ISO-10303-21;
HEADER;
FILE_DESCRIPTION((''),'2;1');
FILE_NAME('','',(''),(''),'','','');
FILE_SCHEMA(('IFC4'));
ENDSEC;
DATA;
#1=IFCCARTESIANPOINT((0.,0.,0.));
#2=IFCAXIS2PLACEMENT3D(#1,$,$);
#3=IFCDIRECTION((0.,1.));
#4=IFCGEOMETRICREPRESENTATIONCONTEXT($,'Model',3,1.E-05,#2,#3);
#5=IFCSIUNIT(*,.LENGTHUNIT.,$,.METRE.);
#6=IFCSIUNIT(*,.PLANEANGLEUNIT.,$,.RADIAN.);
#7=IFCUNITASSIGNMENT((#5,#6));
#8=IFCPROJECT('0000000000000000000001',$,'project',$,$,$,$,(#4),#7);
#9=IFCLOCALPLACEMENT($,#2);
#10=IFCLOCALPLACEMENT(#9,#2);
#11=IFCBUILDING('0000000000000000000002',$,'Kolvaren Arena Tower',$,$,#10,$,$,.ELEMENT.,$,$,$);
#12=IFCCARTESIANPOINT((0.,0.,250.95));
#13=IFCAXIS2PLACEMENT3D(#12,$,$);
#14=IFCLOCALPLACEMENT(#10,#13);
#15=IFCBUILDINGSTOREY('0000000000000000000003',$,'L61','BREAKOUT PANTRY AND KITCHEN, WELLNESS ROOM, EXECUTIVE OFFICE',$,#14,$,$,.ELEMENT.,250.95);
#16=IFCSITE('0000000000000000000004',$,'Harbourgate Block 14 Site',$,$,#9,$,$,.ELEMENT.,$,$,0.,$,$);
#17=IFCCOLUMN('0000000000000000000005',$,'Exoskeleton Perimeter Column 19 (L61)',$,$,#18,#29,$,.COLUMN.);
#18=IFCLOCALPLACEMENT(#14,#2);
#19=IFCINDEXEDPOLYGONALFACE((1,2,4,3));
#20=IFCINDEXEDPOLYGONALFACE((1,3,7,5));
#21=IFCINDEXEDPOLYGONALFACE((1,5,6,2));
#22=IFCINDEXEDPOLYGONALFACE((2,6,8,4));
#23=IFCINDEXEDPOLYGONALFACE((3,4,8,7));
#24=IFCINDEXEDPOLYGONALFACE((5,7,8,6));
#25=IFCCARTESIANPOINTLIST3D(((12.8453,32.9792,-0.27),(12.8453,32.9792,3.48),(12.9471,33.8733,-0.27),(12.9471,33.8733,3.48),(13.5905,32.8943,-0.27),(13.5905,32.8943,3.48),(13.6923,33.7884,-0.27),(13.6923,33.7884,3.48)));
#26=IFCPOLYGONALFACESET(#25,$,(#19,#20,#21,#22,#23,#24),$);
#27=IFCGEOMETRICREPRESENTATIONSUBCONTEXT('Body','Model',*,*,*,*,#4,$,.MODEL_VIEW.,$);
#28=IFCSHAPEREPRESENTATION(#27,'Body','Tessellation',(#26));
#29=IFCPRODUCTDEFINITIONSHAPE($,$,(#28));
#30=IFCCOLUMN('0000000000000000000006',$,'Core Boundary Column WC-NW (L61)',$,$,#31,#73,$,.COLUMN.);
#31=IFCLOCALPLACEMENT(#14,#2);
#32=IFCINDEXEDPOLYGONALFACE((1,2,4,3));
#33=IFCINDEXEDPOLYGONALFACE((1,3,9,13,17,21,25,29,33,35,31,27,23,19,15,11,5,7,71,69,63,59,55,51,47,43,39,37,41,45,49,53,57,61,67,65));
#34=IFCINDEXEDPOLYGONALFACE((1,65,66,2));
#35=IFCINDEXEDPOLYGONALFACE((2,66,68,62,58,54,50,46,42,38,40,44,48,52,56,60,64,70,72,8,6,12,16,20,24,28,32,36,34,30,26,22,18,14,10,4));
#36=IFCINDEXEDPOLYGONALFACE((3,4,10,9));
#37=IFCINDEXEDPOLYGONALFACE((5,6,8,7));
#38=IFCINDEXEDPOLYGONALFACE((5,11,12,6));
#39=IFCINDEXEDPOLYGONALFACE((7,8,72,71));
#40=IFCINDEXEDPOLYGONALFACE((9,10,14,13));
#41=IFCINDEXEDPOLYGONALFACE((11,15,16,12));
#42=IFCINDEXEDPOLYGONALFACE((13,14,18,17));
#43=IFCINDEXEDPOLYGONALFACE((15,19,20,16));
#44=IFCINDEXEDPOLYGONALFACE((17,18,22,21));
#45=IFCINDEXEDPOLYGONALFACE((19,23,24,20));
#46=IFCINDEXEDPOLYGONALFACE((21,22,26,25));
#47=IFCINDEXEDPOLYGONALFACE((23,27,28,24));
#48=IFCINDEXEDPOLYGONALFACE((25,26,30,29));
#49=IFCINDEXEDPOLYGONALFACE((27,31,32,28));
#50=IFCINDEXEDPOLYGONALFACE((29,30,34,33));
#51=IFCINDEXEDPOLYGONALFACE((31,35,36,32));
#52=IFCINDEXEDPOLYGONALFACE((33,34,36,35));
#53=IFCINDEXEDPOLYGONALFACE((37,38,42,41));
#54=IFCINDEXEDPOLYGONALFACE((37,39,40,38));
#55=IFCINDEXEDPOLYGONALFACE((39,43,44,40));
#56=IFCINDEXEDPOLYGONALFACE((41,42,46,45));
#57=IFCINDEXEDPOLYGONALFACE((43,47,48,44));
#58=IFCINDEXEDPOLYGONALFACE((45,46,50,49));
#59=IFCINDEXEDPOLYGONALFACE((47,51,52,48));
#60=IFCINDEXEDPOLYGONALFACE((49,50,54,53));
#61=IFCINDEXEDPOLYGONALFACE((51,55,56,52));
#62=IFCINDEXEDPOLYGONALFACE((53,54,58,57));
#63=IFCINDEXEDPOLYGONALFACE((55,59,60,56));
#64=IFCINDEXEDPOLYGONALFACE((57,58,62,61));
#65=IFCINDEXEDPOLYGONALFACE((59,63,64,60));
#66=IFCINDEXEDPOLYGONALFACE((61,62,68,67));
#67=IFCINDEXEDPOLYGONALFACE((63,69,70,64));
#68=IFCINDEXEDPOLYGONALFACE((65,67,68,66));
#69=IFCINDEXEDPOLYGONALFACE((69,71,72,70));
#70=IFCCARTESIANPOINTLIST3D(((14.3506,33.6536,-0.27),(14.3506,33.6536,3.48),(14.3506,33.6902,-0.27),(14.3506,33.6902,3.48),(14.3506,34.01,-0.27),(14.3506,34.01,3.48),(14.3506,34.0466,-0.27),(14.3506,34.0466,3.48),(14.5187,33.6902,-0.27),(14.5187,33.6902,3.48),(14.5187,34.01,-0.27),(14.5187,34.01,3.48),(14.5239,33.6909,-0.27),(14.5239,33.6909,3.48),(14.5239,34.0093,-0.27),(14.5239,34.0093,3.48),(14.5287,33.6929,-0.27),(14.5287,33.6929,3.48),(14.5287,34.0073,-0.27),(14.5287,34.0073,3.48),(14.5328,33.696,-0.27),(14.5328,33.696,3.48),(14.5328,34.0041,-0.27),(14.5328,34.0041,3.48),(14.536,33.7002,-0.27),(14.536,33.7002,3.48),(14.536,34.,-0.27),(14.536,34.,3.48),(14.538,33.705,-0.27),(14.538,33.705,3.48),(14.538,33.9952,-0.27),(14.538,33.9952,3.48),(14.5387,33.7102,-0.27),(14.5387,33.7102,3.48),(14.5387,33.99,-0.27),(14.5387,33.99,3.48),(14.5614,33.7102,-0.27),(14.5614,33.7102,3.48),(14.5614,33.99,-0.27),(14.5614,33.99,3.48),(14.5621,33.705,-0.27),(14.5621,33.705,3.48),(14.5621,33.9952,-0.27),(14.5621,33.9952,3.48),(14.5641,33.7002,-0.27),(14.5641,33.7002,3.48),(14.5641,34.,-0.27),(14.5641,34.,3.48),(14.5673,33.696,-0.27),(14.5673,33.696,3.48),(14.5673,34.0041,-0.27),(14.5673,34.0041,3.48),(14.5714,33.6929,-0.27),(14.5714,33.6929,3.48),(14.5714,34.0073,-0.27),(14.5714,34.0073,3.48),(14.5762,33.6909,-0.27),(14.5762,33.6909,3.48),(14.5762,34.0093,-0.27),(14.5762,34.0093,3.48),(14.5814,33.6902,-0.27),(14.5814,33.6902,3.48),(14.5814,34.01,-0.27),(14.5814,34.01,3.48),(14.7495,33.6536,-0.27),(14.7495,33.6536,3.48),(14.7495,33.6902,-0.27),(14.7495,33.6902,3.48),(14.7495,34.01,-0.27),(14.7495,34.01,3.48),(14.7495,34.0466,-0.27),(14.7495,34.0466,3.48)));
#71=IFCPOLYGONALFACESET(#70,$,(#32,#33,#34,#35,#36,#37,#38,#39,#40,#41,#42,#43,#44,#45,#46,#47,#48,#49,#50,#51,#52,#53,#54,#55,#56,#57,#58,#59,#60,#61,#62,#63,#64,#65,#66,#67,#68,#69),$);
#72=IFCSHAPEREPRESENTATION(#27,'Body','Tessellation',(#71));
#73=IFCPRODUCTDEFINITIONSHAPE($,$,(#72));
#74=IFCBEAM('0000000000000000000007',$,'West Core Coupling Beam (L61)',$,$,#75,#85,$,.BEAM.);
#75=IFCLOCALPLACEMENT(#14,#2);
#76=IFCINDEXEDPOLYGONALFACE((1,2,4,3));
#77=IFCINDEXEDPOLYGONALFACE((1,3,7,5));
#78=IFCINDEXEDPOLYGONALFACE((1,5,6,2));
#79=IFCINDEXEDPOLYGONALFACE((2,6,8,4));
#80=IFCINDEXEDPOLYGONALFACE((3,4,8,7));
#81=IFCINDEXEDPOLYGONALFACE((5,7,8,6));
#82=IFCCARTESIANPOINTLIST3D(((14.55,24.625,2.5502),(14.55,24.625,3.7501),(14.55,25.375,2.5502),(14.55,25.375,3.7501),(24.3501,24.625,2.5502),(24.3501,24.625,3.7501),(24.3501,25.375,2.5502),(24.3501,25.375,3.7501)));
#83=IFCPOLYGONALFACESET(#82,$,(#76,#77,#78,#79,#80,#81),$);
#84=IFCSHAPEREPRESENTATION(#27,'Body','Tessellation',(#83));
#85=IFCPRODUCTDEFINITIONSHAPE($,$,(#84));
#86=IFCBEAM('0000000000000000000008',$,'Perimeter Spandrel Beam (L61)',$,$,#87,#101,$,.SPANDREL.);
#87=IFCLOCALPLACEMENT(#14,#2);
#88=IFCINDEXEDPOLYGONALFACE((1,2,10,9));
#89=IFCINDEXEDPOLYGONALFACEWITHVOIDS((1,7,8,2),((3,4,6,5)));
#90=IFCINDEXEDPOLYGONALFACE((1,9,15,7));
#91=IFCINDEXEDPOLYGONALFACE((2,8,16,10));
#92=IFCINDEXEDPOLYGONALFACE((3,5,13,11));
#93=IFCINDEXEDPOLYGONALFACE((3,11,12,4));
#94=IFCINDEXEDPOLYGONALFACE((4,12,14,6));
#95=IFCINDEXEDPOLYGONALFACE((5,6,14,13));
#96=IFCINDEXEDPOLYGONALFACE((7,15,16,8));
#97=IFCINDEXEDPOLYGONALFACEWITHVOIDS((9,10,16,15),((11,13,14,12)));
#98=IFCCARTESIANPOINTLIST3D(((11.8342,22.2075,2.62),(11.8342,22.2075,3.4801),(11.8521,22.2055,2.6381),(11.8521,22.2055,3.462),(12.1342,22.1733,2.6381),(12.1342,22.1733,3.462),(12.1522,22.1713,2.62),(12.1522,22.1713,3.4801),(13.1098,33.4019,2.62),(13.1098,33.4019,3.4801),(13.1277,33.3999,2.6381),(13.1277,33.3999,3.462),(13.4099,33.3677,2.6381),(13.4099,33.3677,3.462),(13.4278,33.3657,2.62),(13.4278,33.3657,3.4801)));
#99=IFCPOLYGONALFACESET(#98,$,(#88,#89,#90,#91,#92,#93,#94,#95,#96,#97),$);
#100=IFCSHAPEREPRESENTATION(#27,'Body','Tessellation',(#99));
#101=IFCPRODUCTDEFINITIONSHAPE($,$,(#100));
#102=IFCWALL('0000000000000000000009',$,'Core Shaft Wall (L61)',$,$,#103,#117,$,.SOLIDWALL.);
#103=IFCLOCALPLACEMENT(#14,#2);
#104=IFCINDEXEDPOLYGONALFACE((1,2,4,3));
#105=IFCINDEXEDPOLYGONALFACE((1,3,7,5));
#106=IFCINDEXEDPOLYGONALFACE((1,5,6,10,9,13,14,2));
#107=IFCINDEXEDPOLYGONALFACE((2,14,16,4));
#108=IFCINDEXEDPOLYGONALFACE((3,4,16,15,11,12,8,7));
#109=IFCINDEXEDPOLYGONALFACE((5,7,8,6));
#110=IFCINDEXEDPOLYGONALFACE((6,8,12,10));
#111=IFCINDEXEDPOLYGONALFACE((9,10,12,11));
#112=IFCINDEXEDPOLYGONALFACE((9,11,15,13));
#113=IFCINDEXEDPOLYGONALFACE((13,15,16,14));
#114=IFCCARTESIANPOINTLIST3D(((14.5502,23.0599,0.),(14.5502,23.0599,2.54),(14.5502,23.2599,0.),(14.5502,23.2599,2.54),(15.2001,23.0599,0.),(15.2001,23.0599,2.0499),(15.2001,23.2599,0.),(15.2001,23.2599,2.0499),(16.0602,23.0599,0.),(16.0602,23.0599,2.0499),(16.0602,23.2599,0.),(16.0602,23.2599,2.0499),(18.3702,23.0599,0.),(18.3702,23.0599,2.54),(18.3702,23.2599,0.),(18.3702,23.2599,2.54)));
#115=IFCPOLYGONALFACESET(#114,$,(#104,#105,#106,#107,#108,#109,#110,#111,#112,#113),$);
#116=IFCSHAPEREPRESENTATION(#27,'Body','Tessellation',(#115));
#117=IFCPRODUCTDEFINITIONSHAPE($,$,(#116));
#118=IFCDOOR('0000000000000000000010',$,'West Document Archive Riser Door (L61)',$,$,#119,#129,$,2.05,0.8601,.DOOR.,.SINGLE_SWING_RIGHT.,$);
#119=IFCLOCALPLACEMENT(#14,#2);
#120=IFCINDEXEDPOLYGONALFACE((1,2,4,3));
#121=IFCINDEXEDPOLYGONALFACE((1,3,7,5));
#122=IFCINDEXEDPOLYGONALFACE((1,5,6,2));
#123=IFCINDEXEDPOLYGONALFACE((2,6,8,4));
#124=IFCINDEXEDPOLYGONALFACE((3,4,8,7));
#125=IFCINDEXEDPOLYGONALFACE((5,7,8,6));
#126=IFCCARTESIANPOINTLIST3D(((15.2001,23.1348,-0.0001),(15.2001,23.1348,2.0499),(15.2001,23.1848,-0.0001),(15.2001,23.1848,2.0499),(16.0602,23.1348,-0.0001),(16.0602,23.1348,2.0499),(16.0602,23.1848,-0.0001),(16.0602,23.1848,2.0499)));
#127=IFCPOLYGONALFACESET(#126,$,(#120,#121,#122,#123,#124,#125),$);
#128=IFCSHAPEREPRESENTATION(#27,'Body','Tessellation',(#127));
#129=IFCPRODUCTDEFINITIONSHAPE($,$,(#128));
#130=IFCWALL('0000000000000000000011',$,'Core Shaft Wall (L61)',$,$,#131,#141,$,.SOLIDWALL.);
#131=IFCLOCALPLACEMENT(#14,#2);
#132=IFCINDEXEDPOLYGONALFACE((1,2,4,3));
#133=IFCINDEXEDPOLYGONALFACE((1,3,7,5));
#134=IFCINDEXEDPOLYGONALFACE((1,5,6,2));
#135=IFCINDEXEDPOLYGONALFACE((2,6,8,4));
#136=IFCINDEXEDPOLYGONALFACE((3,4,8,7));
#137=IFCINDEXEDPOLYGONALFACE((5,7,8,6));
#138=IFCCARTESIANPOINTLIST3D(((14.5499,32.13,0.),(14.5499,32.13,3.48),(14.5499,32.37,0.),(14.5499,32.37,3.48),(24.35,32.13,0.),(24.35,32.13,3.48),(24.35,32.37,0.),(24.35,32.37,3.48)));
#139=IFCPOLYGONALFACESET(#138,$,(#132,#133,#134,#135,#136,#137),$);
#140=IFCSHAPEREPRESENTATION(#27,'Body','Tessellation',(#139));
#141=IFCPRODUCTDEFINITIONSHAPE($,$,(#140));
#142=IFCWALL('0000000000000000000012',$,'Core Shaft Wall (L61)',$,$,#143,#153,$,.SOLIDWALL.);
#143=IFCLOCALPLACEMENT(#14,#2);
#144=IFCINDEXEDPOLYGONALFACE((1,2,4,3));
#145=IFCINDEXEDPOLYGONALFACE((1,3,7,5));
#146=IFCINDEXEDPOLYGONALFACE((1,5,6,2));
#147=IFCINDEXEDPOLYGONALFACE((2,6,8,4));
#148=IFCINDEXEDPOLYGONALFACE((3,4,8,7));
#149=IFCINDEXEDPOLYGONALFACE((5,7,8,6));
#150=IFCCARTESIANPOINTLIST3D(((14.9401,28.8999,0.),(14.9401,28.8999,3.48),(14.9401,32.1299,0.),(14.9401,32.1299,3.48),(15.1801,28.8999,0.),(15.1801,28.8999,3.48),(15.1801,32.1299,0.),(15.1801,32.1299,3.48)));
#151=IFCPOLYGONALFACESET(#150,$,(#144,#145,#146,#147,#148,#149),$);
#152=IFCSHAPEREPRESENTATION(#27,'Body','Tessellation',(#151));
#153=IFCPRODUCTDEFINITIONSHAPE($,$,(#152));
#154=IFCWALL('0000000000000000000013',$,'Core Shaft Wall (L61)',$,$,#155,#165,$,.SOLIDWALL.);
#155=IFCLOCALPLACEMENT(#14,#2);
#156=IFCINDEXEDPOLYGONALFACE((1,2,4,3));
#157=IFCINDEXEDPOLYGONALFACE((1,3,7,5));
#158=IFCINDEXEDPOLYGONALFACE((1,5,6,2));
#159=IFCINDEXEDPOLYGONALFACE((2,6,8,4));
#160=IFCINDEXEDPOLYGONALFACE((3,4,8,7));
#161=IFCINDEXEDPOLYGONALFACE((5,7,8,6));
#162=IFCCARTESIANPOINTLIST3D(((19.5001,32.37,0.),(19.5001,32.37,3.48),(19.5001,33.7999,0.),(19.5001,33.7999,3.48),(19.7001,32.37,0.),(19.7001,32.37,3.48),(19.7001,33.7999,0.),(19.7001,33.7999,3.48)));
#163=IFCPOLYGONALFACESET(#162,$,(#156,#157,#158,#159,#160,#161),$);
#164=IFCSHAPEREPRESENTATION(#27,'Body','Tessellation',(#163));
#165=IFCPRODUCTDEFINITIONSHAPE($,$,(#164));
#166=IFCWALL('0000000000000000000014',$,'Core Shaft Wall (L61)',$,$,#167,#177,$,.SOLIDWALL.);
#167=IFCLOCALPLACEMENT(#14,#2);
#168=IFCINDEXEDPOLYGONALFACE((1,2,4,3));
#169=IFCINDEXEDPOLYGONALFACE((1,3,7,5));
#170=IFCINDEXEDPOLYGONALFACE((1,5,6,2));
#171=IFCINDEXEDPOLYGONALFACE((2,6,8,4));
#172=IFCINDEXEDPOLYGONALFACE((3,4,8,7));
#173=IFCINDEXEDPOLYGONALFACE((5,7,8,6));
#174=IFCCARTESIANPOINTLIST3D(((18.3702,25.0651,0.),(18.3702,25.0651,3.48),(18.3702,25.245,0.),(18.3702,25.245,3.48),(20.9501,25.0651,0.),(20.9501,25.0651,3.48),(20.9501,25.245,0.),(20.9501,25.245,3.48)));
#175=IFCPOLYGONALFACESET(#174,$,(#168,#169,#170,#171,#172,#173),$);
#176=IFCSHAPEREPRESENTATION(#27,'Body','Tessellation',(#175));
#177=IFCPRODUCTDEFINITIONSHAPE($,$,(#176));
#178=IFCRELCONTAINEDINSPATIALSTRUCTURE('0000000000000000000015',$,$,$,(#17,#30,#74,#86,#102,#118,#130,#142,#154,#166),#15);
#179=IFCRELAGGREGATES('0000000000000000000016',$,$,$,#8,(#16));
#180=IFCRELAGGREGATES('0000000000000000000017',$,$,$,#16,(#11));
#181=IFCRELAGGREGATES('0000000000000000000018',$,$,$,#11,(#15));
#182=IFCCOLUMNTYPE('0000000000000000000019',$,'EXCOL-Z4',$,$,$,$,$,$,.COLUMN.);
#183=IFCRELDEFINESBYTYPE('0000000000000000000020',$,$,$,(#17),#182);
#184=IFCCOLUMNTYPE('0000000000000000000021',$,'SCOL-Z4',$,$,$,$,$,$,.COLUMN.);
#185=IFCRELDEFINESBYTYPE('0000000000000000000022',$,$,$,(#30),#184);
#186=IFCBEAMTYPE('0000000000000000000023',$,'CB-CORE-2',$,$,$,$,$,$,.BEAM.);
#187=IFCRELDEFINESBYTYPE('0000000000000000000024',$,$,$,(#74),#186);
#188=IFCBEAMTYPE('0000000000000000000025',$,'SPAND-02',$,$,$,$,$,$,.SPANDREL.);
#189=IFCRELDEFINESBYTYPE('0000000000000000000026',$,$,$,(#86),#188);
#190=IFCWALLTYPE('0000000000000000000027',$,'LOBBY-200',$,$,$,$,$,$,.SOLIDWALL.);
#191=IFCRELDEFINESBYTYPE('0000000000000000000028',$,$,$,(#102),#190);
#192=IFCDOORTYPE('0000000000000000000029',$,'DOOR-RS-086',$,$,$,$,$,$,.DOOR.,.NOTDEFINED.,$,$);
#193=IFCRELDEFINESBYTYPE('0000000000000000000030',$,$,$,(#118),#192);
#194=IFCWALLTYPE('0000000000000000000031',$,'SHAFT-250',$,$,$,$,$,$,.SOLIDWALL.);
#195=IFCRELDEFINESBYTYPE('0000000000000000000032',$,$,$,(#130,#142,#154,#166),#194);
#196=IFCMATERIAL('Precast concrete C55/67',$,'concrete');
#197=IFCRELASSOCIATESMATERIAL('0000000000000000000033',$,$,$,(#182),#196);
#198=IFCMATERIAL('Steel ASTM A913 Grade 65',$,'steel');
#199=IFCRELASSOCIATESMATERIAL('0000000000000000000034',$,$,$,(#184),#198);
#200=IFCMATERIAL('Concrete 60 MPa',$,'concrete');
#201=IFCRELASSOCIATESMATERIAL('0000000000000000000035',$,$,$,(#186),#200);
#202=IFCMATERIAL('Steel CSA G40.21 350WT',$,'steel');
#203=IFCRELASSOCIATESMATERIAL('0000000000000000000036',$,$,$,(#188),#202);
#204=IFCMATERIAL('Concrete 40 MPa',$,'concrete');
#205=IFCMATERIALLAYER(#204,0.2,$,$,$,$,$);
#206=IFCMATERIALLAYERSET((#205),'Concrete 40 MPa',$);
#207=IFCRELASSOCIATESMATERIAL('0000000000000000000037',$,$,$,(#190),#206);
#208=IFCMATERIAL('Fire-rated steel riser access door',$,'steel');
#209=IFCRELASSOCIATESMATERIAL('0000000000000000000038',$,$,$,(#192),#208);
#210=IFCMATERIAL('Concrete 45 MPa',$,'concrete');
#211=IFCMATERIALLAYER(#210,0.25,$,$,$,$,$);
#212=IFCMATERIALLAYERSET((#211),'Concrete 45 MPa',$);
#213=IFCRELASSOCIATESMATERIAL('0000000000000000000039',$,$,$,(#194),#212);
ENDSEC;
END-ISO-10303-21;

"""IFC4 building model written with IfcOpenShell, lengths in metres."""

from ifc_helpers import new_model, si_unit, direction, frame, frame_2d, origin, origin_2d, place, context, subcontext, project, spatial, rectangle, hollow_rectangle, i_section, extrude, material, layer, layer_set, material_profile, profile_set, type_object, element, fill, save


model = new_model("IFC4")

# Units and contexts
model_context = context("Model", 3, precision=1e-05, world=origin(), true_north=direction((0.0, 1.0)))
body_context = subcontext(model_context, "Body", "Model", "MODEL_VIEW")
ifc_project = project(units=[si_unit("LENGTHUNIT", "METRE"), si_unit("PLANEANGLEUNIT", "RADIAN")], contexts=[model_context])

# Site, building, storey
site_placement = place(None, origin())
site = spatial("IfcSite", under=ifc_project, at=site_placement, Name="Harbourgate Block 14 Site", CompositionType="ELEMENT", RefElevation=0.0)
building_placement = place(site_placement, origin())
building = spatial("IfcBuilding", under=site, at=building_placement, Name="Kolvaren Arena Tower", CompositionType="ELEMENT")
storey_placement = place(building_placement, frame((0.0, 0.0, 250.95)))
storey = spatial("IfcBuildingStorey", under=building, at=storey_placement, Name="L61", Description="BREAKOUT PANTRY AND KITCHEN, WELLNESS ROOM, EXECUTIVE OFFICE", CompositionType="ELEMENT", Elevation=250.95)

# Columns
ifc_material_1 = material(Name="Precast concrete C55/67", Category="concrete")
ifc_material_profile_1 = material_profile(ifc_material_1, rectangle(XDim=0.8999, YDim=0.75, at=origin_2d()), Name="RC-900x750")
ifc_profile_set_1 = profile_set([ifc_material_profile_1], Name="Precast concrete C55/67")
column_type_1 = type_object("IfcColumnType", Name="EXCOL-Z4", PredefinedType="COLUMN", material=ifc_profile_set_1)
column_1_placement = place(storey_placement, frame((13.2688, 33.3838, -0.27), z_axis=(0.0, 0.0, 1.0), x_axis=(0.113203, 0.993572, 0.0)))
element("IfcColumn", 1, at=column_1_placement, inside=storey, type_object=column_type_1, Name="Exoskeleton Perimeter Column 19 (L61)", PredefinedType="COLUMN", context=body_context, shape_type="SweptSolid", body=[
    extrude(rectangle(XDim=0.8999, YDim=0.75, at=origin_2d()), origin(), (0.0, 0.0, 1.0), 3.75),
])
ifc_material_2 = material(Name="Steel ASTM A913 Grade 65", Category="steel")
ifc_material_profile_2 = material_profile(ifc_material_2, i_section(OverallWidth=0.3989, OverallDepth=0.3931, WebThickness=0.0227, FlangeThickness=0.0366, FilletRadius=0.02, at=origin_2d()), Name="W360x287")
ifc_profile_set_2 = profile_set([ifc_material_profile_2], Name="Steel ASTM A913 Grade 65")
column_type_2 = type_object("IfcColumnType", Name="SCOL-Z4", PredefinedType="COLUMN", material=ifc_profile_set_2)
column_2_placement = place(storey_placement, frame((14.55, 33.8501, -0.27), z_axis=(0.0, 0.0, 1.0), x_axis=(1.0, 0.0, 0.0)))
element("IfcColumn", 2, at=column_2_placement, inside=storey, type_object=column_type_2, Name="Core Boundary Column WC-NW (L61)", PredefinedType="COLUMN", context=body_context, shape_type="SweptSolid", body=[
    extrude(i_section(OverallWidth=0.3989, OverallDepth=0.3931, WebThickness=0.0227, FlangeThickness=0.0366, FilletRadius=0.02, at=origin_2d()), origin(), (0.0, 0.0, 1.0), 3.75),
])

# Beams
ifc_material_3 = material(Name="Concrete 60 MPa", Category="concrete")
ifc_material_profile_3 = material_profile(ifc_material_3, rectangle(XDim=0.75, YDim=1.2, at=origin_2d()), Name="RC-750x1200")
ifc_profile_set_3 = profile_set([ifc_material_profile_3], Name="Concrete 60 MPa")
beam_type_1 = type_object("IfcBeamType", Name="CB-CORE-2", PredefinedType="BEAM", material=ifc_profile_set_3)
beam_1_placement = place(storey_placement, frame((14.55, 25.0, 3.1501), z_axis=(1.0, 0.0, 0.0), x_axis=(0.0, 1.0, 0.0)))
element("IfcBeam", 3, at=beam_1_placement, inside=storey, type_object=beam_type_1, Name="West Core Coupling Beam (L61)", PredefinedType="BEAM", context=body_context, shape_type="SweptSolid", body=[
    extrude(rectangle(XDim=0.75, YDim=1.2, at=origin_2d()), origin(), (0.0, 0.0, 1.0), 9.8),
])
ifc_material_4 = material(Name="Steel CSA G40.21 350WT", Category="steel")
ifc_material_profile_4 = material_profile(ifc_material_4, hollow_rectangle(XDim=0.3201, YDim=0.8601, WallThickness=0.0181, at=origin_2d()), Name="HSS 860x320x18")
ifc_profile_set_4 = profile_set([ifc_material_profile_4], Name="Steel CSA G40.21 350WT")
beam_type_2 = type_object("IfcBeamType", Name="SPAND-02", PredefinedType="SPANDREL", material=ifc_profile_set_4)
beam_2_placement = place(storey_placement, frame((13.2688, 33.3838, 3.05), z_axis=(-0.113221, -0.99357, 0.0), x_axis=(0.99357, -0.113221, 0.0)))
element("IfcBeam", 4, at=beam_2_placement, inside=storey, type_object=beam_type_2, Name="Perimeter Spandrel Beam (L61)", PredefinedType="SPANDREL", context=body_context, shape_type="SweptSolid", body=[
    extrude(hollow_rectangle(XDim=0.3201, YDim=0.8601, WallThickness=0.0181, at=origin_2d()), origin(), (0.0, 0.0, 1.0), 11.2668),
])

# Wall, opening, door
ifc_material_5 = material(Name="Concrete 40 MPa", Category="concrete")
ifc_layer_1 = layer(ifc_material_5, 0.2)
ifc_layer_set_1 = layer_set([ifc_layer_1], Name="Concrete 40 MPa")
wall_type_1 = type_object("IfcWallType", Name="LOBBY-200", PredefinedType="SOLIDWALL", material=ifc_layer_set_1)
wall_1_placement = place(storey_placement, frame((14.55, 23.1599, 0.0), z_axis=(0.0, 0.0, 1.0), x_axis=(1.0, 0.0, 0.0)))
wall_1 = element("IfcWall", 5, at=wall_1_placement, inside=storey, type_object=wall_type_1, Name="Core Shaft Wall (L61)", PredefinedType="SOLIDWALL", context=body_context, shape_type="SweptSolid", body=[
    extrude(rectangle(XDim=3.8201, YDim=0.2, at=frame_2d((1.9102, 0.0))), origin(), (0.0, 0.0, 1.0), 2.54),
])
opening_1_placement = place(wall_1_placement, frame((0.6499, 0.0, 0.0)))
opening_1 = element("IfcOpeningElement", 6, at=opening_1_placement, cuts=wall_1, PredefinedType="OPENING", context=body_context, shape_type="SweptSolid", body=[
    extrude(rectangle(XDim=0.8601, YDim=2.05, at=frame_2d((0.4302, 1.0249))), frame((0.0, 0.1099, 0.0), z_axis=(0.0, -1.0, 0.0), x_axis=(1.0, 0.0, 0.0)), (0.0, 0.0, 1.0), 0.22),
])
ifc_material_6 = material(Name="Fire-rated steel riser access door", Category="steel")
door_type_1 = type_object("IfcDoorType", Name="DOOR-RS-086", OperationType="NOTDEFINED", PredefinedType="DOOR", material=ifc_material_6)
door_1_placement = place(opening_1_placement, origin())
door_1 = element("IfcDoor", 7, at=door_1_placement, inside=storey, type_object=door_type_1, Name="West Document Archive Riser Door (L61)", OperationType="SINGLE_SWING_RIGHT", OverallHeight=2.05, OverallWidth=0.8601, PredefinedType="DOOR", context=body_context, shape_type="SweptSolid", body=[
    extrude(rectangle(XDim=0.8601, YDim=2.05, at=frame_2d((0.4302, 1.0249))), frame((0.0, 0.0249, 0.0), z_axis=(0.0, -1.0, 0.0), x_axis=(1.0, 0.0, 0.0)), (0.0, 0.0, 1.0), 0.05),
])
fill(opening_1, door_1)

# Walls
ifc_material_7 = material(Name="Concrete 45 MPa", Category="concrete")
ifc_layer_2 = layer(ifc_material_7, 0.25)
ifc_layer_set_2 = layer_set([ifc_layer_2], Name="Concrete 45 MPa")
wall_type_2 = type_object("IfcWallType", Name="SHAFT-250", PredefinedType="SOLIDWALL", material=ifc_layer_set_2)
wall_2_placement = place(storey_placement, frame((14.55, 32.25, 0.0), z_axis=(0.0, 0.0, 1.0), x_axis=(1.0, 0.0, 0.0)))
element("IfcWall", 8, at=wall_2_placement, inside=storey, type_object=wall_type_2, Name="Core Shaft Wall (L61)", PredefinedType="SOLIDWALL", context=body_context, shape_type="SweptSolid", body=[
    extrude(rectangle(XDim=9.8, YDim=0.24, at=frame_2d((4.8999, 0.0))), origin(), (0.0, 0.0, 1.0), 3.48),
])
wall_3_placement = place(storey_placement, frame((15.0601, 28.8999, 0.0), z_axis=(0.0, 0.0, 1.0), x_axis=(0.0, 1.0, 0.0)))
element("IfcWall", 9, at=wall_3_placement, inside=storey, type_object=wall_type_2, Name="Core Shaft Wall (L61)", PredefinedType="SOLIDWALL", context=body_context, shape_type="SweptSolid", body=[
    extrude(rectangle(XDim=3.23, YDim=0.24, at=frame_2d((1.615, 0.0))), origin(), (0.0, 0.0, 1.0), 3.48),
])
wall_4_placement = place(storey_placement, frame((19.6001, 32.3701, 0.0), z_axis=(0.0, 0.0, 1.0), x_axis=(0.0, 1.0, 0.0)))
element("IfcWall", 10, at=wall_4_placement, inside=storey, type_object=wall_type_2, Name="Core Shaft Wall (L61)", PredefinedType="SOLIDWALL", context=body_context, shape_type="SweptSolid", body=[
    extrude(rectangle(XDim=1.4299, YDim=0.2, at=frame_2d((0.7148, 0.0))), origin(), (0.0, 0.0, 1.0), 3.48),
])
for number, where, z_axis, x_axis, name in (
    (11, (18.3701, 25.155, 0.0), (0.0, 0.0, 1.0), (1.0, 0.0, 0.0), "Core Shaft Wall (L61)"),
):
    element("IfcWall", number, at=place(storey_placement, frame(where, z_axis=z_axis, x_axis=x_axis)), inside=storey, type_object=wall_type_2, Name=name, PredefinedType="SOLIDWALL", context=body_context, shape_type="SweptSolid", body=[
        extrude(rectangle(XDim=2.5798, YDim=0.1799, at=frame_2d((1.29, 0.0))), origin(), (0.0, 0.0, 1.0), 3.48),
    ])

save(model, "model.ifc")
